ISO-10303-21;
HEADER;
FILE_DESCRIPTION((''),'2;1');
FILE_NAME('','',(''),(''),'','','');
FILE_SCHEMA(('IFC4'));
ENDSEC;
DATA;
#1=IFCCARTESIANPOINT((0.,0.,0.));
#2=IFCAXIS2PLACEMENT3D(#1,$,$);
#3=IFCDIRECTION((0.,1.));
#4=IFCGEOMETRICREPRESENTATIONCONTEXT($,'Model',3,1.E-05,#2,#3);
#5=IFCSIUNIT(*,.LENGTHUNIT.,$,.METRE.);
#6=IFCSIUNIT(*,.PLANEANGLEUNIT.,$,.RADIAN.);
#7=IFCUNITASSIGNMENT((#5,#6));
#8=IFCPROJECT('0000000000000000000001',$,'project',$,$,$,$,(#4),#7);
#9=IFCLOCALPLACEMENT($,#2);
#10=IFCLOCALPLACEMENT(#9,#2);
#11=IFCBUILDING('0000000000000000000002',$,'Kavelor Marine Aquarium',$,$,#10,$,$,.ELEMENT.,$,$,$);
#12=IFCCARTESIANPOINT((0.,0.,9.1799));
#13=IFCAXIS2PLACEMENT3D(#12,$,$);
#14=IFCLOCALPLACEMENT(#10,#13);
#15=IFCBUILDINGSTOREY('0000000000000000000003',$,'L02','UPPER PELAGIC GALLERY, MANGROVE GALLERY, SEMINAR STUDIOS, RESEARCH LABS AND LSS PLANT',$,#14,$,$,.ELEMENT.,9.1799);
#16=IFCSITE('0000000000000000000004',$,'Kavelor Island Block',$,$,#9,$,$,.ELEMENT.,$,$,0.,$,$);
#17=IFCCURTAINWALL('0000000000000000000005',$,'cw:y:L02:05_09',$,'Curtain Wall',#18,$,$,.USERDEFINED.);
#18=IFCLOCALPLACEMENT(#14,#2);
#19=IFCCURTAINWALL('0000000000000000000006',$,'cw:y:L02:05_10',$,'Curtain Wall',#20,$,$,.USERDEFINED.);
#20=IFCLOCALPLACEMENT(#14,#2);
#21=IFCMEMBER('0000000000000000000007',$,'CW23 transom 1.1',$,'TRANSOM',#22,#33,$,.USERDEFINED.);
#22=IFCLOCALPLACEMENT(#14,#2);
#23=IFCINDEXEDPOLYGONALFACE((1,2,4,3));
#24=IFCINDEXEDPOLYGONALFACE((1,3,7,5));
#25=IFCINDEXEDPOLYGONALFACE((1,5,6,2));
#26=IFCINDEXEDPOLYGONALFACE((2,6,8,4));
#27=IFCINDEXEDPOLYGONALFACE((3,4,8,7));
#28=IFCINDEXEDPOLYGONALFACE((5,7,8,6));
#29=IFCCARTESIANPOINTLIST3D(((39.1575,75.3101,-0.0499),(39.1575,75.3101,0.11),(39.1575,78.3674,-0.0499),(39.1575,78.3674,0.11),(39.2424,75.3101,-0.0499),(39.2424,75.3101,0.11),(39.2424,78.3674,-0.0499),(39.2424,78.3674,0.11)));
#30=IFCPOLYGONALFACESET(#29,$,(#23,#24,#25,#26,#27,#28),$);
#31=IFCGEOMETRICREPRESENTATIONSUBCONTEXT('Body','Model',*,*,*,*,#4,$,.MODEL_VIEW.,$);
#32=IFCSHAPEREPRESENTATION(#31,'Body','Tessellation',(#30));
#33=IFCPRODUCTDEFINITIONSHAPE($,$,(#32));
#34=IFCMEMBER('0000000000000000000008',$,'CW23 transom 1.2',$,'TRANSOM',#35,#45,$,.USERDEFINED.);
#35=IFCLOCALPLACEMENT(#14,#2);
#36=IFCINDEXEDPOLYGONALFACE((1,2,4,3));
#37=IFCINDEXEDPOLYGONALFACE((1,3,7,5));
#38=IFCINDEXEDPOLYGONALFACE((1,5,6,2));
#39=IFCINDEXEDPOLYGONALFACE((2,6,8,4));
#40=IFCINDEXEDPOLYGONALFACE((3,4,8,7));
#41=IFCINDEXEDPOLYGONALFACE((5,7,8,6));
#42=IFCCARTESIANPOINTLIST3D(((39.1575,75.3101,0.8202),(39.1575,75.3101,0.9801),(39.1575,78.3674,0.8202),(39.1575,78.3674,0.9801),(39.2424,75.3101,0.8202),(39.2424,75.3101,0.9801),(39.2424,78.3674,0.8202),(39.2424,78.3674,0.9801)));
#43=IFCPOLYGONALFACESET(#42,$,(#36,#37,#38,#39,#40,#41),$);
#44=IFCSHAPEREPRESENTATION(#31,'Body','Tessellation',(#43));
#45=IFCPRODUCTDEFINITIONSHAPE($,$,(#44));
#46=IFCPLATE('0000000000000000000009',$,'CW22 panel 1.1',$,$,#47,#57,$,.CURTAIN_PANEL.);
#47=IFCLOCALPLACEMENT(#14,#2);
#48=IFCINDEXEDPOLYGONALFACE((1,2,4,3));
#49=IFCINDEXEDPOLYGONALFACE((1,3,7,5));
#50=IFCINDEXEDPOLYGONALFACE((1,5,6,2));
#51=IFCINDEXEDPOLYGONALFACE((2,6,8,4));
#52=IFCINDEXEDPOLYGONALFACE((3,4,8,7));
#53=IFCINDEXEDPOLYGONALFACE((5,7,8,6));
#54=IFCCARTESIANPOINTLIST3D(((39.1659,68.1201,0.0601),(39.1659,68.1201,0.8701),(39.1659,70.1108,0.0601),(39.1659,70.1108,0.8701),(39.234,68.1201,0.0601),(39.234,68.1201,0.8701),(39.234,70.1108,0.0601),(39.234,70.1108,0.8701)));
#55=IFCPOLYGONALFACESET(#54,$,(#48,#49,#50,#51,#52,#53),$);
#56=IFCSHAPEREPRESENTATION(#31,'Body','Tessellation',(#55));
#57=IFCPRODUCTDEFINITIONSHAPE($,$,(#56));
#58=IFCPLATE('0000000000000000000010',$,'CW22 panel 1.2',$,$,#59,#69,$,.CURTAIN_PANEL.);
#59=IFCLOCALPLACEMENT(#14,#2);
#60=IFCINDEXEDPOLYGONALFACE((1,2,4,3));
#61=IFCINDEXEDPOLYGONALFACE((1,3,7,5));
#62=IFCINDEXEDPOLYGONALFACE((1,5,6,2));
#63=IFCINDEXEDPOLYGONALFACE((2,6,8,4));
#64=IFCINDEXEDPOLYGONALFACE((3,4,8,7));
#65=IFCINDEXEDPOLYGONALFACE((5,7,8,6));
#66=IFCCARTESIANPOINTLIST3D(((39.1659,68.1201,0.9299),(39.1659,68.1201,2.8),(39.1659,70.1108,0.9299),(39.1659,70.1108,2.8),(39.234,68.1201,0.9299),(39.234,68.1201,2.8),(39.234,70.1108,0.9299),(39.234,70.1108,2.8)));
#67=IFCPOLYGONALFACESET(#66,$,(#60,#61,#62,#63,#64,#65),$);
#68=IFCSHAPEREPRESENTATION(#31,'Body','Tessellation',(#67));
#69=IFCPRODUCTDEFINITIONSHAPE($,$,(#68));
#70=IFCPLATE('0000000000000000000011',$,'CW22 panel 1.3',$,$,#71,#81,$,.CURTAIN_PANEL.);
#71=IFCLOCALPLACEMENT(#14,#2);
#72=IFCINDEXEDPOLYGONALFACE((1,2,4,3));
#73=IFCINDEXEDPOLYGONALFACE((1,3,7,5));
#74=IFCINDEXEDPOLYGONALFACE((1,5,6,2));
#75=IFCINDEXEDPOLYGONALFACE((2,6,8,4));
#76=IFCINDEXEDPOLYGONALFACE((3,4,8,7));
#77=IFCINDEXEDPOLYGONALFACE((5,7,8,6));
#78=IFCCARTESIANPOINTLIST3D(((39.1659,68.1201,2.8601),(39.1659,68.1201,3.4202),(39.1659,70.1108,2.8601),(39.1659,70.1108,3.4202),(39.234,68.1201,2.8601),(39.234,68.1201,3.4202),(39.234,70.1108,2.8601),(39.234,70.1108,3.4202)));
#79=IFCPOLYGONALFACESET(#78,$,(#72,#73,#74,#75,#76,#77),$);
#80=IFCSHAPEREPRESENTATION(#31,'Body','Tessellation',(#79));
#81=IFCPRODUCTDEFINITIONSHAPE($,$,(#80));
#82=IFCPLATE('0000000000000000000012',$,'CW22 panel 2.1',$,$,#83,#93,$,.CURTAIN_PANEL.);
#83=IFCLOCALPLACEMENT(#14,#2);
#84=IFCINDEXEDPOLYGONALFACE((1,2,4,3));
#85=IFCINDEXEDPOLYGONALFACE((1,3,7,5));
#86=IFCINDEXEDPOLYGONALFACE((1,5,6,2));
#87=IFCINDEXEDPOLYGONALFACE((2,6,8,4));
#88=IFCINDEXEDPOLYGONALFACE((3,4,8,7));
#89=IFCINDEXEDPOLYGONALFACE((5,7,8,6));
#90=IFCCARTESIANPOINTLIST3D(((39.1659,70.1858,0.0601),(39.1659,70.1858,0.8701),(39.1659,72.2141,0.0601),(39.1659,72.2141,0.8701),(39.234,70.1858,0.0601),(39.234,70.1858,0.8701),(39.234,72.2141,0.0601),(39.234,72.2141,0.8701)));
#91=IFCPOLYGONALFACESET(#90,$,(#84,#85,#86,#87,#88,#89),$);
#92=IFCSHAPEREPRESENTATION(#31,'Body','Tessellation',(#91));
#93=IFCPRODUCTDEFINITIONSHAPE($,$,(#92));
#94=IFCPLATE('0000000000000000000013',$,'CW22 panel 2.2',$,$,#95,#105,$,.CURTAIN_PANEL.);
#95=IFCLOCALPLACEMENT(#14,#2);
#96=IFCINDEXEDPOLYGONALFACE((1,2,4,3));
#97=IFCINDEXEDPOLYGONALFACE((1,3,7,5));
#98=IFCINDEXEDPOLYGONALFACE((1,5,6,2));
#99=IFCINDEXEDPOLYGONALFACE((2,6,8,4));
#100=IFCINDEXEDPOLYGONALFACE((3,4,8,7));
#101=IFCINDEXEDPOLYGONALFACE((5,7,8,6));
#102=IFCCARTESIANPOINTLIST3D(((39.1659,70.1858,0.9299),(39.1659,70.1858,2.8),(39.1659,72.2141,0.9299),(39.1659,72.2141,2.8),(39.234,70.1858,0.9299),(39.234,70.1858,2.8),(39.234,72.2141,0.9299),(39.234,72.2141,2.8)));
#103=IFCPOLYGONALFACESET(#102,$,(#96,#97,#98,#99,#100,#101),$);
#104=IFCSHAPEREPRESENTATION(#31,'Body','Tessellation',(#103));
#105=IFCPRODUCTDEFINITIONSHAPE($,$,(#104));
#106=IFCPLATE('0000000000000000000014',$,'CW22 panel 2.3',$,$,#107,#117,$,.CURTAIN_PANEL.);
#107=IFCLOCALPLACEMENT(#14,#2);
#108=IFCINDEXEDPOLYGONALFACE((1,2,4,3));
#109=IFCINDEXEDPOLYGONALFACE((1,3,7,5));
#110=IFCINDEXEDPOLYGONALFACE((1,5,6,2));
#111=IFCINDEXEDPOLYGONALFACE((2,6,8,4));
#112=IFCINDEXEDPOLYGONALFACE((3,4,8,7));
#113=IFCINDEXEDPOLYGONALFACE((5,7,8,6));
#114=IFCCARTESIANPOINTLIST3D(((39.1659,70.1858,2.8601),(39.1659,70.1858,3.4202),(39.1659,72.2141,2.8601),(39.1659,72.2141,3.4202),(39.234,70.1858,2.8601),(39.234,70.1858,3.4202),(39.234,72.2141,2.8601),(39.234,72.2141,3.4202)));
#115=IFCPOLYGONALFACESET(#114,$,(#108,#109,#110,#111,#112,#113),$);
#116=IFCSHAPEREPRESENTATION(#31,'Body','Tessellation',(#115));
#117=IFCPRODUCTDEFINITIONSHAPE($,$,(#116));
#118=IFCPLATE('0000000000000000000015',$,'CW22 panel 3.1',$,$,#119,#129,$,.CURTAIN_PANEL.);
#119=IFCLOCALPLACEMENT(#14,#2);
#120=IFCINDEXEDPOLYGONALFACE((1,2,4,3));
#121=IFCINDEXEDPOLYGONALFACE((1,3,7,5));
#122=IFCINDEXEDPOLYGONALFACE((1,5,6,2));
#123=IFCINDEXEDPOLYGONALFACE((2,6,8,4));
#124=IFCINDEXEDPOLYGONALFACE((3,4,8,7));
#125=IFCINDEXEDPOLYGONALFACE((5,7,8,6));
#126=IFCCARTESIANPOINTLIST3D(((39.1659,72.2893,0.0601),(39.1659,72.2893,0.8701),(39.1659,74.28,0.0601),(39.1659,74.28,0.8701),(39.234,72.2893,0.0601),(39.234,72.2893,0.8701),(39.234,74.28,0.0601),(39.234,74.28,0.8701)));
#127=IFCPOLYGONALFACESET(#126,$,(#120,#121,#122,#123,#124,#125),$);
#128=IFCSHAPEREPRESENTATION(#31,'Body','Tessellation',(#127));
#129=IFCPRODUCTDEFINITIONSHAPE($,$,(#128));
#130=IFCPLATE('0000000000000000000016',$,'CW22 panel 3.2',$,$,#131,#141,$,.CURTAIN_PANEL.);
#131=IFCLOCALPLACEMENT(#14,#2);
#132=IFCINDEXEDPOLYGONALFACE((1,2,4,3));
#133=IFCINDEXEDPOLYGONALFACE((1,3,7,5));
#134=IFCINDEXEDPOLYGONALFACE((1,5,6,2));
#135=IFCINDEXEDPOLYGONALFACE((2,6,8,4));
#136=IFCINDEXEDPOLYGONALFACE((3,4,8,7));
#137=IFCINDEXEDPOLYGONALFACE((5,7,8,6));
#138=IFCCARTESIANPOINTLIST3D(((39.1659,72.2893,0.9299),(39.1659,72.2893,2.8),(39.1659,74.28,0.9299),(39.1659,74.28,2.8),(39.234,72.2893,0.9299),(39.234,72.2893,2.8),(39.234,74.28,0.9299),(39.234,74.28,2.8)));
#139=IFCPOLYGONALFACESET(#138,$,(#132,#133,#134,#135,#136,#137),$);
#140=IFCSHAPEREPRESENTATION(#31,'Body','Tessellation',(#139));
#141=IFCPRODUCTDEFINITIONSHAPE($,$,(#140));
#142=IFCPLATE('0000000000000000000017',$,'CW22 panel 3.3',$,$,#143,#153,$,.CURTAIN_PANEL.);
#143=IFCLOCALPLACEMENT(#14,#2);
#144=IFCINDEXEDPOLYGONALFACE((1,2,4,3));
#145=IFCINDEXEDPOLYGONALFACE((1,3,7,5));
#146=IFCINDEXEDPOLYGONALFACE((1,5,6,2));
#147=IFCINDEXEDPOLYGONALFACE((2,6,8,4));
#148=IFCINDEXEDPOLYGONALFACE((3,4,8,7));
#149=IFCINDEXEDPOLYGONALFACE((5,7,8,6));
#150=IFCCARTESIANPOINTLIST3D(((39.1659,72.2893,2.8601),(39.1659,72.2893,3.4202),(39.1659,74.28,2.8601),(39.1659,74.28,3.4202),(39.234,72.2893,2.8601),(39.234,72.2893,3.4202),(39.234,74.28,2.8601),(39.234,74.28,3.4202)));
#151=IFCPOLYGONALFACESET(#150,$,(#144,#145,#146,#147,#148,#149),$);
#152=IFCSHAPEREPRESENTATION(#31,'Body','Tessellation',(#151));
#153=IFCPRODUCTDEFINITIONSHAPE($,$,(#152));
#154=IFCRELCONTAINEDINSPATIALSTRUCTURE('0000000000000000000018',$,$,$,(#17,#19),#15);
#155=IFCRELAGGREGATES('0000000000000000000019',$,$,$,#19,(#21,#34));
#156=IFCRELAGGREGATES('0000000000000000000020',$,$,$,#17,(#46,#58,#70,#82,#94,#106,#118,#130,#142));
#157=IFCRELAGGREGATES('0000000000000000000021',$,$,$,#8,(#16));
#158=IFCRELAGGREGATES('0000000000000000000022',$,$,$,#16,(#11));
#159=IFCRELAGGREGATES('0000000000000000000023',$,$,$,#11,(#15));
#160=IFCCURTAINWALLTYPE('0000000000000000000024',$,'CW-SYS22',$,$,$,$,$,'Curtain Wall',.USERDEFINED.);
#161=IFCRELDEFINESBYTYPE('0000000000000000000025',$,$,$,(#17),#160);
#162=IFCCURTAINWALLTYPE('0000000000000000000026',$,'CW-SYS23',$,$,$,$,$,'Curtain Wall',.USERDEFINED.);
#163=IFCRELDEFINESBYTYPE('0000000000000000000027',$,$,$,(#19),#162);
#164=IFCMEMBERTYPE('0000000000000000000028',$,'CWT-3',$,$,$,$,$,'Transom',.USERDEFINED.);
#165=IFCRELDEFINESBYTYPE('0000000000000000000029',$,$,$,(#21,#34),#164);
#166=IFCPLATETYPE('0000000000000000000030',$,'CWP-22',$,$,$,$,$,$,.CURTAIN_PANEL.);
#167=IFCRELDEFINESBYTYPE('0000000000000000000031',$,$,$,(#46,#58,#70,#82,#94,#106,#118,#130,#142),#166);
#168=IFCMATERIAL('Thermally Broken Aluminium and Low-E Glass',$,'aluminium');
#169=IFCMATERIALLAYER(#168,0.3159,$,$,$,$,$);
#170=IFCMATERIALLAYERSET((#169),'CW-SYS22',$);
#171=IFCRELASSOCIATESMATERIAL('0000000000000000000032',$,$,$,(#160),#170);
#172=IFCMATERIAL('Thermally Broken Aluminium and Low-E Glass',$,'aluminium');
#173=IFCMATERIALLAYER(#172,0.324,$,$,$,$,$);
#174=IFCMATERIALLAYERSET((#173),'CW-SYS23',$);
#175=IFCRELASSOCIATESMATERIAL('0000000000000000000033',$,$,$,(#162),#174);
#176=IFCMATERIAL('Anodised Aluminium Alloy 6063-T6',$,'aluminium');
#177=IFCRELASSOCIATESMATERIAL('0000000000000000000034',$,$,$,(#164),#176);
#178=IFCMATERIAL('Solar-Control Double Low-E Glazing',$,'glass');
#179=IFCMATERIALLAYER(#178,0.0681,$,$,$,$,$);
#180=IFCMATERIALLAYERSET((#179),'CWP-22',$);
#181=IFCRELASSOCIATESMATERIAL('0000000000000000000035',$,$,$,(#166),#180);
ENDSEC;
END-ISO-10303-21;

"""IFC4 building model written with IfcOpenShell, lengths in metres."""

from ifc_helpers import new_model, si_unit, direction, frame, origin, origin_2d, place, context, subcontext, project, spatial, rectangle, extrude, material, layer, layer_set, material_profile, profile_set, type_object, element, aggregate, save


model = new_model("IFC4")

# Units and contexts
model_context = context("Model", 3, precision=1e-05, world=origin(), true_north=direction((0.0, 1.0)))
body_context = subcontext(model_context, "Body", "Model", "MODEL_VIEW")
ifc_project = project(units=[si_unit("LENGTHUNIT", "METRE"), si_unit("PLANEANGLEUNIT", "RADIAN")], contexts=[model_context])

# Site, building, storey
site_placement = place(None, origin())
site = spatial("IfcSite", under=ifc_project, at=site_placement, Name="Kavelor Island Block", CompositionType="ELEMENT", RefElevation=0.0)
building_placement = place(site_placement, origin())
building = spatial("IfcBuilding", under=site, at=building_placement, Name="Kavelor Marine Aquarium", CompositionType="ELEMENT")
storey_placement = place(building_placement, frame((0.0, 0.0, 9.1799)))
storey = spatial("IfcBuildingStorey", under=building, at=storey_placement, Name="L02", Description="UPPER PELAGIC GALLERY, MANGROVE GALLERY, SEMINAR STUDIOS, RESEARCH LABS AND LSS PLANT", CompositionType="ELEMENT", Elevation=9.1799)

# Curtain wall
ifc_material_1 = material(Name="Thermally Broken Aluminium and Low-E Glass", Category="aluminium")
ifc_layer_1 = layer(ifc_material_1, 0.3159)
ifc_layer_set_1 = layer_set([ifc_layer_1], Name="CW-SYS22")
curtain_wall_type_1 = type_object("IfcCurtainWallType", Name="CW-SYS22", ElementType="Curtain Wall", PredefinedType="USERDEFINED", material=ifc_layer_set_1)
curtain_wall_1_placement = place(storey_placement, origin())
curtain_wall_1 = element("IfcCurtainWall", 1, at=curtain_wall_1_placement, inside=storey, type_object=curtain_wall_type_1, Name="cw:y:L02:05_09", ObjectType="Curtain Wall", PredefinedType="USERDEFINED")

# Curtain wall
ifc_material_2 = material(Name="Thermally Broken Aluminium and Low-E Glass", Category="aluminium")
ifc_layer_2 = layer(ifc_material_2, 0.324)
ifc_layer_set_2 = layer_set([ifc_layer_2], Name="CW-SYS23")
curtain_wall_type_2 = type_object("IfcCurtainWallType", Name="CW-SYS23", ElementType="Curtain Wall", PredefinedType="USERDEFINED", material=ifc_layer_set_2)
curtain_wall_2_placement = place(storey_placement, origin())
curtain_wall_2 = element("IfcCurtainWall", 2, at=curtain_wall_2_placement, inside=storey, type_object=curtain_wall_type_2, Name="cw:y:L02:05_10", ObjectType="Curtain Wall", PredefinedType="USERDEFINED")

# Members
ifc_material_3 = material(Name="Anodised Aluminium Alloy 6063-T6", Category="aluminium")
ifc_material_profile_1 = material_profile(ifc_material_3, rectangle(XDim=0.085, YDim=0.1599, at=origin_2d()), Name="CW-TRN 85x160")
ifc_profile_set_1 = profile_set([ifc_material_profile_1], Name="Anodised Aluminium Alloy 6063-T6")
member_type_1 = type_object("IfcMemberType", Name="CWT-3", ElementType="Transom", PredefinedType="USERDEFINED", material=ifc_profile_set_1)
member_1_placement = place(storey_placement, frame((39.2, 75.3101, 0.03), z_axis=(0.0, 1.0, 0.0), x_axis=(-1.0, 0.0, 0.0)))
member_1 = element("IfcMember", 3, at=member_1_placement, type_object=member_type_1, Name="CW23 transom 1.1", ObjectType="TRANSOM", PredefinedType="USERDEFINED", context=body_context, shape_type="SweptSolid", body=[
    extrude(rectangle(XDim=0.085, YDim=0.1599, at=origin_2d()), origin(), (0.0, 0.0, 1.0), 3.0574),
])
member_2_placement = place(storey_placement, frame((39.2, 75.3101, 0.9001), z_axis=(0.0, 1.0, 0.0), x_axis=(-1.0, 0.0, 0.0)))
member_2 = element("IfcMember", 4, at=member_2_placement, type_object=member_type_1, Name="CW23 transom 1.2", ObjectType="TRANSOM", PredefinedType="USERDEFINED", context=body_context, shape_type="SweptSolid", body=[
    extrude(rectangle(XDim=0.085, YDim=0.1599, at=origin_2d()), origin(), (0.0, 0.0, 1.0), 3.0574),
])
aggregate(curtain_wall_2, [member_1, member_2])

# Plates
ifc_material_4 = material(Name="Solar-Control Double Low-E Glazing", Category="glass")
ifc_layer_3 = layer(ifc_material_4, 0.0681)
ifc_layer_set_3 = layer_set([ifc_layer_3], Name="CWP-22")
plate_type = type_object("IfcPlateType", Name="CWP-22", PredefinedType="CURTAIN_PANEL", material=ifc_layer_set_3)
plate_1_placement = place(storey_placement, frame((39.2, 69.1155, 0.0601), z_axis=(0.0, 0.0, 1.0), x_axis=(0.0, 1.0, 0.0)))
plate_1 = element("IfcPlate", 5, at=plate_1_placement, type_object=plate_type, Name="CW22 panel 1.1", PredefinedType="CURTAIN_PANEL", context=body_context, shape_type="SweptSolid", body=[
    extrude(rectangle(XDim=1.9907, YDim=0.0681, at=origin_2d()), origin(), (0.0, 0.0, 1.0), 0.8101),
])
plate_2_placement = place(storey_placement, frame((39.2, 69.1155, 0.9299), z_axis=(0.0, 0.0, 1.0), x_axis=(0.0, 1.0, 0.0)))
plate_2 = element("IfcPlate", 6, at=plate_2_placement, type_object=plate_type, Name="CW22 panel 1.2", PredefinedType="CURTAIN_PANEL", context=body_context, shape_type="SweptSolid", body=[
    extrude(rectangle(XDim=1.9907, YDim=0.0681, at=origin_2d()), origin(), (0.0, 0.0, 1.0), 1.8701),
])
plate_3_placement = place(storey_placement, frame((39.2, 69.1155, 2.8601), z_axis=(0.0, 0.0, 1.0), x_axis=(0.0, 1.0, 0.0)))
plate_3 = element("IfcPlate", 7, at=plate_3_placement, type_object=plate_type, Name="CW22 panel 1.3", PredefinedType="CURTAIN_PANEL", context=body_context, shape_type="SweptSolid", body=[
    extrude(rectangle(XDim=1.9907, YDim=0.0681, at=origin_2d()), origin(), (0.0, 0.0, 1.0), 0.5601),
])
plate_4_placement = place(storey_placement, frame((39.2, 71.2, 0.0601), z_axis=(0.0, 0.0, 1.0), x_axis=(0.0, 1.0, 0.0)))
plate_4 = element("IfcPlate", 8, at=plate_4_placement, type_object=plate_type, Name="CW22 panel 2.1", PredefinedType="CURTAIN_PANEL", context=body_context, shape_type="SweptSolid", body=[
    extrude(rectangle(XDim=2.0283, YDim=0.0681, at=origin_2d()), origin(), (0.0, 0.0, 1.0), 0.8101),
])
plate_5_placement = place(storey_placement, frame((39.2, 71.2, 0.9299), z_axis=(0.0, 0.0, 1.0), x_axis=(0.0, 1.0, 0.0)))
plate_5 = element("IfcPlate", 9, at=plate_5_placement, type_object=plate_type, Name="CW22 panel 2.2", PredefinedType="CURTAIN_PANEL", context=body_context, shape_type="SweptSolid", body=[
    extrude(rectangle(XDim=2.0283, YDim=0.0681, at=origin_2d()), origin(), (0.0, 0.0, 1.0), 1.8701),
])
plate_6_placement = place(storey_placement, frame((39.2, 71.2, 2.8601), z_axis=(0.0, 0.0, 1.0), x_axis=(0.0, 1.0, 0.0)))
plate_6 = element("IfcPlate", 10, at=plate_6_placement, type_object=plate_type, Name="CW22 panel 2.3", PredefinedType="CURTAIN_PANEL", context=body_context, shape_type="SweptSolid", body=[
    extrude(rectangle(XDim=2.0283, YDim=0.0681, at=origin_2d()), origin(), (0.0, 0.0, 1.0), 0.5601),
])
plate_7_placement = place(storey_placement, frame((39.2, 73.2847, 0.0601), z_axis=(0.0, 0.0, 1.0), x_axis=(0.0, 1.0, 0.0)))
plate_7 = element("IfcPlate", 11, at=plate_7_placement, type_object=plate_type, Name="CW22 panel 3.1", PredefinedType="CURTAIN_PANEL", context=body_context, shape_type="SweptSolid", body=[
    extrude(rectangle(XDim=1.9907, YDim=0.0681, at=origin_2d()), origin(), (0.0, 0.0, 1.0), 0.8101),
])
plate_8_placement = place(storey_placement, frame((39.2, 73.2847, 0.9299), z_axis=(0.0, 0.0, 1.0), x_axis=(0.0, 1.0, 0.0)))
plate_8 = element("IfcPlate", 12, at=plate_8_placement, type_object=plate_type, Name="CW22 panel 3.2", PredefinedType="CURTAIN_PANEL", context=body_context, shape_type="SweptSolid", body=[
    extrude(rectangle(XDim=1.9907, YDim=0.0681, at=origin_2d()), origin(), (0.0, 0.0, 1.0), 1.8701),
])
plate_9_placement = place(storey_placement, frame((39.2, 73.2847, 2.8601), z_axis=(0.0, 0.0, 1.0), x_axis=(0.0, 1.0, 0.0)))
plate_9 = element("IfcPlate", 13, at=plate_9_placement, type_object=plate_type, Name="CW22 panel 3.3", PredefinedType="CURTAIN_PANEL", context=body_context, shape_type="SweptSolid", body=[
    extrude(rectangle(XDim=1.9907, YDim=0.0681, at=origin_2d()), origin(), (0.0, 0.0, 1.0), 0.5601),
])
aggregate(curtain_wall_1, [plate_1, plate_2, plate_3, plate_4, plate_5, plate_6, plate_7, plate_8, plate_9])

save(model, "model.ifc")
